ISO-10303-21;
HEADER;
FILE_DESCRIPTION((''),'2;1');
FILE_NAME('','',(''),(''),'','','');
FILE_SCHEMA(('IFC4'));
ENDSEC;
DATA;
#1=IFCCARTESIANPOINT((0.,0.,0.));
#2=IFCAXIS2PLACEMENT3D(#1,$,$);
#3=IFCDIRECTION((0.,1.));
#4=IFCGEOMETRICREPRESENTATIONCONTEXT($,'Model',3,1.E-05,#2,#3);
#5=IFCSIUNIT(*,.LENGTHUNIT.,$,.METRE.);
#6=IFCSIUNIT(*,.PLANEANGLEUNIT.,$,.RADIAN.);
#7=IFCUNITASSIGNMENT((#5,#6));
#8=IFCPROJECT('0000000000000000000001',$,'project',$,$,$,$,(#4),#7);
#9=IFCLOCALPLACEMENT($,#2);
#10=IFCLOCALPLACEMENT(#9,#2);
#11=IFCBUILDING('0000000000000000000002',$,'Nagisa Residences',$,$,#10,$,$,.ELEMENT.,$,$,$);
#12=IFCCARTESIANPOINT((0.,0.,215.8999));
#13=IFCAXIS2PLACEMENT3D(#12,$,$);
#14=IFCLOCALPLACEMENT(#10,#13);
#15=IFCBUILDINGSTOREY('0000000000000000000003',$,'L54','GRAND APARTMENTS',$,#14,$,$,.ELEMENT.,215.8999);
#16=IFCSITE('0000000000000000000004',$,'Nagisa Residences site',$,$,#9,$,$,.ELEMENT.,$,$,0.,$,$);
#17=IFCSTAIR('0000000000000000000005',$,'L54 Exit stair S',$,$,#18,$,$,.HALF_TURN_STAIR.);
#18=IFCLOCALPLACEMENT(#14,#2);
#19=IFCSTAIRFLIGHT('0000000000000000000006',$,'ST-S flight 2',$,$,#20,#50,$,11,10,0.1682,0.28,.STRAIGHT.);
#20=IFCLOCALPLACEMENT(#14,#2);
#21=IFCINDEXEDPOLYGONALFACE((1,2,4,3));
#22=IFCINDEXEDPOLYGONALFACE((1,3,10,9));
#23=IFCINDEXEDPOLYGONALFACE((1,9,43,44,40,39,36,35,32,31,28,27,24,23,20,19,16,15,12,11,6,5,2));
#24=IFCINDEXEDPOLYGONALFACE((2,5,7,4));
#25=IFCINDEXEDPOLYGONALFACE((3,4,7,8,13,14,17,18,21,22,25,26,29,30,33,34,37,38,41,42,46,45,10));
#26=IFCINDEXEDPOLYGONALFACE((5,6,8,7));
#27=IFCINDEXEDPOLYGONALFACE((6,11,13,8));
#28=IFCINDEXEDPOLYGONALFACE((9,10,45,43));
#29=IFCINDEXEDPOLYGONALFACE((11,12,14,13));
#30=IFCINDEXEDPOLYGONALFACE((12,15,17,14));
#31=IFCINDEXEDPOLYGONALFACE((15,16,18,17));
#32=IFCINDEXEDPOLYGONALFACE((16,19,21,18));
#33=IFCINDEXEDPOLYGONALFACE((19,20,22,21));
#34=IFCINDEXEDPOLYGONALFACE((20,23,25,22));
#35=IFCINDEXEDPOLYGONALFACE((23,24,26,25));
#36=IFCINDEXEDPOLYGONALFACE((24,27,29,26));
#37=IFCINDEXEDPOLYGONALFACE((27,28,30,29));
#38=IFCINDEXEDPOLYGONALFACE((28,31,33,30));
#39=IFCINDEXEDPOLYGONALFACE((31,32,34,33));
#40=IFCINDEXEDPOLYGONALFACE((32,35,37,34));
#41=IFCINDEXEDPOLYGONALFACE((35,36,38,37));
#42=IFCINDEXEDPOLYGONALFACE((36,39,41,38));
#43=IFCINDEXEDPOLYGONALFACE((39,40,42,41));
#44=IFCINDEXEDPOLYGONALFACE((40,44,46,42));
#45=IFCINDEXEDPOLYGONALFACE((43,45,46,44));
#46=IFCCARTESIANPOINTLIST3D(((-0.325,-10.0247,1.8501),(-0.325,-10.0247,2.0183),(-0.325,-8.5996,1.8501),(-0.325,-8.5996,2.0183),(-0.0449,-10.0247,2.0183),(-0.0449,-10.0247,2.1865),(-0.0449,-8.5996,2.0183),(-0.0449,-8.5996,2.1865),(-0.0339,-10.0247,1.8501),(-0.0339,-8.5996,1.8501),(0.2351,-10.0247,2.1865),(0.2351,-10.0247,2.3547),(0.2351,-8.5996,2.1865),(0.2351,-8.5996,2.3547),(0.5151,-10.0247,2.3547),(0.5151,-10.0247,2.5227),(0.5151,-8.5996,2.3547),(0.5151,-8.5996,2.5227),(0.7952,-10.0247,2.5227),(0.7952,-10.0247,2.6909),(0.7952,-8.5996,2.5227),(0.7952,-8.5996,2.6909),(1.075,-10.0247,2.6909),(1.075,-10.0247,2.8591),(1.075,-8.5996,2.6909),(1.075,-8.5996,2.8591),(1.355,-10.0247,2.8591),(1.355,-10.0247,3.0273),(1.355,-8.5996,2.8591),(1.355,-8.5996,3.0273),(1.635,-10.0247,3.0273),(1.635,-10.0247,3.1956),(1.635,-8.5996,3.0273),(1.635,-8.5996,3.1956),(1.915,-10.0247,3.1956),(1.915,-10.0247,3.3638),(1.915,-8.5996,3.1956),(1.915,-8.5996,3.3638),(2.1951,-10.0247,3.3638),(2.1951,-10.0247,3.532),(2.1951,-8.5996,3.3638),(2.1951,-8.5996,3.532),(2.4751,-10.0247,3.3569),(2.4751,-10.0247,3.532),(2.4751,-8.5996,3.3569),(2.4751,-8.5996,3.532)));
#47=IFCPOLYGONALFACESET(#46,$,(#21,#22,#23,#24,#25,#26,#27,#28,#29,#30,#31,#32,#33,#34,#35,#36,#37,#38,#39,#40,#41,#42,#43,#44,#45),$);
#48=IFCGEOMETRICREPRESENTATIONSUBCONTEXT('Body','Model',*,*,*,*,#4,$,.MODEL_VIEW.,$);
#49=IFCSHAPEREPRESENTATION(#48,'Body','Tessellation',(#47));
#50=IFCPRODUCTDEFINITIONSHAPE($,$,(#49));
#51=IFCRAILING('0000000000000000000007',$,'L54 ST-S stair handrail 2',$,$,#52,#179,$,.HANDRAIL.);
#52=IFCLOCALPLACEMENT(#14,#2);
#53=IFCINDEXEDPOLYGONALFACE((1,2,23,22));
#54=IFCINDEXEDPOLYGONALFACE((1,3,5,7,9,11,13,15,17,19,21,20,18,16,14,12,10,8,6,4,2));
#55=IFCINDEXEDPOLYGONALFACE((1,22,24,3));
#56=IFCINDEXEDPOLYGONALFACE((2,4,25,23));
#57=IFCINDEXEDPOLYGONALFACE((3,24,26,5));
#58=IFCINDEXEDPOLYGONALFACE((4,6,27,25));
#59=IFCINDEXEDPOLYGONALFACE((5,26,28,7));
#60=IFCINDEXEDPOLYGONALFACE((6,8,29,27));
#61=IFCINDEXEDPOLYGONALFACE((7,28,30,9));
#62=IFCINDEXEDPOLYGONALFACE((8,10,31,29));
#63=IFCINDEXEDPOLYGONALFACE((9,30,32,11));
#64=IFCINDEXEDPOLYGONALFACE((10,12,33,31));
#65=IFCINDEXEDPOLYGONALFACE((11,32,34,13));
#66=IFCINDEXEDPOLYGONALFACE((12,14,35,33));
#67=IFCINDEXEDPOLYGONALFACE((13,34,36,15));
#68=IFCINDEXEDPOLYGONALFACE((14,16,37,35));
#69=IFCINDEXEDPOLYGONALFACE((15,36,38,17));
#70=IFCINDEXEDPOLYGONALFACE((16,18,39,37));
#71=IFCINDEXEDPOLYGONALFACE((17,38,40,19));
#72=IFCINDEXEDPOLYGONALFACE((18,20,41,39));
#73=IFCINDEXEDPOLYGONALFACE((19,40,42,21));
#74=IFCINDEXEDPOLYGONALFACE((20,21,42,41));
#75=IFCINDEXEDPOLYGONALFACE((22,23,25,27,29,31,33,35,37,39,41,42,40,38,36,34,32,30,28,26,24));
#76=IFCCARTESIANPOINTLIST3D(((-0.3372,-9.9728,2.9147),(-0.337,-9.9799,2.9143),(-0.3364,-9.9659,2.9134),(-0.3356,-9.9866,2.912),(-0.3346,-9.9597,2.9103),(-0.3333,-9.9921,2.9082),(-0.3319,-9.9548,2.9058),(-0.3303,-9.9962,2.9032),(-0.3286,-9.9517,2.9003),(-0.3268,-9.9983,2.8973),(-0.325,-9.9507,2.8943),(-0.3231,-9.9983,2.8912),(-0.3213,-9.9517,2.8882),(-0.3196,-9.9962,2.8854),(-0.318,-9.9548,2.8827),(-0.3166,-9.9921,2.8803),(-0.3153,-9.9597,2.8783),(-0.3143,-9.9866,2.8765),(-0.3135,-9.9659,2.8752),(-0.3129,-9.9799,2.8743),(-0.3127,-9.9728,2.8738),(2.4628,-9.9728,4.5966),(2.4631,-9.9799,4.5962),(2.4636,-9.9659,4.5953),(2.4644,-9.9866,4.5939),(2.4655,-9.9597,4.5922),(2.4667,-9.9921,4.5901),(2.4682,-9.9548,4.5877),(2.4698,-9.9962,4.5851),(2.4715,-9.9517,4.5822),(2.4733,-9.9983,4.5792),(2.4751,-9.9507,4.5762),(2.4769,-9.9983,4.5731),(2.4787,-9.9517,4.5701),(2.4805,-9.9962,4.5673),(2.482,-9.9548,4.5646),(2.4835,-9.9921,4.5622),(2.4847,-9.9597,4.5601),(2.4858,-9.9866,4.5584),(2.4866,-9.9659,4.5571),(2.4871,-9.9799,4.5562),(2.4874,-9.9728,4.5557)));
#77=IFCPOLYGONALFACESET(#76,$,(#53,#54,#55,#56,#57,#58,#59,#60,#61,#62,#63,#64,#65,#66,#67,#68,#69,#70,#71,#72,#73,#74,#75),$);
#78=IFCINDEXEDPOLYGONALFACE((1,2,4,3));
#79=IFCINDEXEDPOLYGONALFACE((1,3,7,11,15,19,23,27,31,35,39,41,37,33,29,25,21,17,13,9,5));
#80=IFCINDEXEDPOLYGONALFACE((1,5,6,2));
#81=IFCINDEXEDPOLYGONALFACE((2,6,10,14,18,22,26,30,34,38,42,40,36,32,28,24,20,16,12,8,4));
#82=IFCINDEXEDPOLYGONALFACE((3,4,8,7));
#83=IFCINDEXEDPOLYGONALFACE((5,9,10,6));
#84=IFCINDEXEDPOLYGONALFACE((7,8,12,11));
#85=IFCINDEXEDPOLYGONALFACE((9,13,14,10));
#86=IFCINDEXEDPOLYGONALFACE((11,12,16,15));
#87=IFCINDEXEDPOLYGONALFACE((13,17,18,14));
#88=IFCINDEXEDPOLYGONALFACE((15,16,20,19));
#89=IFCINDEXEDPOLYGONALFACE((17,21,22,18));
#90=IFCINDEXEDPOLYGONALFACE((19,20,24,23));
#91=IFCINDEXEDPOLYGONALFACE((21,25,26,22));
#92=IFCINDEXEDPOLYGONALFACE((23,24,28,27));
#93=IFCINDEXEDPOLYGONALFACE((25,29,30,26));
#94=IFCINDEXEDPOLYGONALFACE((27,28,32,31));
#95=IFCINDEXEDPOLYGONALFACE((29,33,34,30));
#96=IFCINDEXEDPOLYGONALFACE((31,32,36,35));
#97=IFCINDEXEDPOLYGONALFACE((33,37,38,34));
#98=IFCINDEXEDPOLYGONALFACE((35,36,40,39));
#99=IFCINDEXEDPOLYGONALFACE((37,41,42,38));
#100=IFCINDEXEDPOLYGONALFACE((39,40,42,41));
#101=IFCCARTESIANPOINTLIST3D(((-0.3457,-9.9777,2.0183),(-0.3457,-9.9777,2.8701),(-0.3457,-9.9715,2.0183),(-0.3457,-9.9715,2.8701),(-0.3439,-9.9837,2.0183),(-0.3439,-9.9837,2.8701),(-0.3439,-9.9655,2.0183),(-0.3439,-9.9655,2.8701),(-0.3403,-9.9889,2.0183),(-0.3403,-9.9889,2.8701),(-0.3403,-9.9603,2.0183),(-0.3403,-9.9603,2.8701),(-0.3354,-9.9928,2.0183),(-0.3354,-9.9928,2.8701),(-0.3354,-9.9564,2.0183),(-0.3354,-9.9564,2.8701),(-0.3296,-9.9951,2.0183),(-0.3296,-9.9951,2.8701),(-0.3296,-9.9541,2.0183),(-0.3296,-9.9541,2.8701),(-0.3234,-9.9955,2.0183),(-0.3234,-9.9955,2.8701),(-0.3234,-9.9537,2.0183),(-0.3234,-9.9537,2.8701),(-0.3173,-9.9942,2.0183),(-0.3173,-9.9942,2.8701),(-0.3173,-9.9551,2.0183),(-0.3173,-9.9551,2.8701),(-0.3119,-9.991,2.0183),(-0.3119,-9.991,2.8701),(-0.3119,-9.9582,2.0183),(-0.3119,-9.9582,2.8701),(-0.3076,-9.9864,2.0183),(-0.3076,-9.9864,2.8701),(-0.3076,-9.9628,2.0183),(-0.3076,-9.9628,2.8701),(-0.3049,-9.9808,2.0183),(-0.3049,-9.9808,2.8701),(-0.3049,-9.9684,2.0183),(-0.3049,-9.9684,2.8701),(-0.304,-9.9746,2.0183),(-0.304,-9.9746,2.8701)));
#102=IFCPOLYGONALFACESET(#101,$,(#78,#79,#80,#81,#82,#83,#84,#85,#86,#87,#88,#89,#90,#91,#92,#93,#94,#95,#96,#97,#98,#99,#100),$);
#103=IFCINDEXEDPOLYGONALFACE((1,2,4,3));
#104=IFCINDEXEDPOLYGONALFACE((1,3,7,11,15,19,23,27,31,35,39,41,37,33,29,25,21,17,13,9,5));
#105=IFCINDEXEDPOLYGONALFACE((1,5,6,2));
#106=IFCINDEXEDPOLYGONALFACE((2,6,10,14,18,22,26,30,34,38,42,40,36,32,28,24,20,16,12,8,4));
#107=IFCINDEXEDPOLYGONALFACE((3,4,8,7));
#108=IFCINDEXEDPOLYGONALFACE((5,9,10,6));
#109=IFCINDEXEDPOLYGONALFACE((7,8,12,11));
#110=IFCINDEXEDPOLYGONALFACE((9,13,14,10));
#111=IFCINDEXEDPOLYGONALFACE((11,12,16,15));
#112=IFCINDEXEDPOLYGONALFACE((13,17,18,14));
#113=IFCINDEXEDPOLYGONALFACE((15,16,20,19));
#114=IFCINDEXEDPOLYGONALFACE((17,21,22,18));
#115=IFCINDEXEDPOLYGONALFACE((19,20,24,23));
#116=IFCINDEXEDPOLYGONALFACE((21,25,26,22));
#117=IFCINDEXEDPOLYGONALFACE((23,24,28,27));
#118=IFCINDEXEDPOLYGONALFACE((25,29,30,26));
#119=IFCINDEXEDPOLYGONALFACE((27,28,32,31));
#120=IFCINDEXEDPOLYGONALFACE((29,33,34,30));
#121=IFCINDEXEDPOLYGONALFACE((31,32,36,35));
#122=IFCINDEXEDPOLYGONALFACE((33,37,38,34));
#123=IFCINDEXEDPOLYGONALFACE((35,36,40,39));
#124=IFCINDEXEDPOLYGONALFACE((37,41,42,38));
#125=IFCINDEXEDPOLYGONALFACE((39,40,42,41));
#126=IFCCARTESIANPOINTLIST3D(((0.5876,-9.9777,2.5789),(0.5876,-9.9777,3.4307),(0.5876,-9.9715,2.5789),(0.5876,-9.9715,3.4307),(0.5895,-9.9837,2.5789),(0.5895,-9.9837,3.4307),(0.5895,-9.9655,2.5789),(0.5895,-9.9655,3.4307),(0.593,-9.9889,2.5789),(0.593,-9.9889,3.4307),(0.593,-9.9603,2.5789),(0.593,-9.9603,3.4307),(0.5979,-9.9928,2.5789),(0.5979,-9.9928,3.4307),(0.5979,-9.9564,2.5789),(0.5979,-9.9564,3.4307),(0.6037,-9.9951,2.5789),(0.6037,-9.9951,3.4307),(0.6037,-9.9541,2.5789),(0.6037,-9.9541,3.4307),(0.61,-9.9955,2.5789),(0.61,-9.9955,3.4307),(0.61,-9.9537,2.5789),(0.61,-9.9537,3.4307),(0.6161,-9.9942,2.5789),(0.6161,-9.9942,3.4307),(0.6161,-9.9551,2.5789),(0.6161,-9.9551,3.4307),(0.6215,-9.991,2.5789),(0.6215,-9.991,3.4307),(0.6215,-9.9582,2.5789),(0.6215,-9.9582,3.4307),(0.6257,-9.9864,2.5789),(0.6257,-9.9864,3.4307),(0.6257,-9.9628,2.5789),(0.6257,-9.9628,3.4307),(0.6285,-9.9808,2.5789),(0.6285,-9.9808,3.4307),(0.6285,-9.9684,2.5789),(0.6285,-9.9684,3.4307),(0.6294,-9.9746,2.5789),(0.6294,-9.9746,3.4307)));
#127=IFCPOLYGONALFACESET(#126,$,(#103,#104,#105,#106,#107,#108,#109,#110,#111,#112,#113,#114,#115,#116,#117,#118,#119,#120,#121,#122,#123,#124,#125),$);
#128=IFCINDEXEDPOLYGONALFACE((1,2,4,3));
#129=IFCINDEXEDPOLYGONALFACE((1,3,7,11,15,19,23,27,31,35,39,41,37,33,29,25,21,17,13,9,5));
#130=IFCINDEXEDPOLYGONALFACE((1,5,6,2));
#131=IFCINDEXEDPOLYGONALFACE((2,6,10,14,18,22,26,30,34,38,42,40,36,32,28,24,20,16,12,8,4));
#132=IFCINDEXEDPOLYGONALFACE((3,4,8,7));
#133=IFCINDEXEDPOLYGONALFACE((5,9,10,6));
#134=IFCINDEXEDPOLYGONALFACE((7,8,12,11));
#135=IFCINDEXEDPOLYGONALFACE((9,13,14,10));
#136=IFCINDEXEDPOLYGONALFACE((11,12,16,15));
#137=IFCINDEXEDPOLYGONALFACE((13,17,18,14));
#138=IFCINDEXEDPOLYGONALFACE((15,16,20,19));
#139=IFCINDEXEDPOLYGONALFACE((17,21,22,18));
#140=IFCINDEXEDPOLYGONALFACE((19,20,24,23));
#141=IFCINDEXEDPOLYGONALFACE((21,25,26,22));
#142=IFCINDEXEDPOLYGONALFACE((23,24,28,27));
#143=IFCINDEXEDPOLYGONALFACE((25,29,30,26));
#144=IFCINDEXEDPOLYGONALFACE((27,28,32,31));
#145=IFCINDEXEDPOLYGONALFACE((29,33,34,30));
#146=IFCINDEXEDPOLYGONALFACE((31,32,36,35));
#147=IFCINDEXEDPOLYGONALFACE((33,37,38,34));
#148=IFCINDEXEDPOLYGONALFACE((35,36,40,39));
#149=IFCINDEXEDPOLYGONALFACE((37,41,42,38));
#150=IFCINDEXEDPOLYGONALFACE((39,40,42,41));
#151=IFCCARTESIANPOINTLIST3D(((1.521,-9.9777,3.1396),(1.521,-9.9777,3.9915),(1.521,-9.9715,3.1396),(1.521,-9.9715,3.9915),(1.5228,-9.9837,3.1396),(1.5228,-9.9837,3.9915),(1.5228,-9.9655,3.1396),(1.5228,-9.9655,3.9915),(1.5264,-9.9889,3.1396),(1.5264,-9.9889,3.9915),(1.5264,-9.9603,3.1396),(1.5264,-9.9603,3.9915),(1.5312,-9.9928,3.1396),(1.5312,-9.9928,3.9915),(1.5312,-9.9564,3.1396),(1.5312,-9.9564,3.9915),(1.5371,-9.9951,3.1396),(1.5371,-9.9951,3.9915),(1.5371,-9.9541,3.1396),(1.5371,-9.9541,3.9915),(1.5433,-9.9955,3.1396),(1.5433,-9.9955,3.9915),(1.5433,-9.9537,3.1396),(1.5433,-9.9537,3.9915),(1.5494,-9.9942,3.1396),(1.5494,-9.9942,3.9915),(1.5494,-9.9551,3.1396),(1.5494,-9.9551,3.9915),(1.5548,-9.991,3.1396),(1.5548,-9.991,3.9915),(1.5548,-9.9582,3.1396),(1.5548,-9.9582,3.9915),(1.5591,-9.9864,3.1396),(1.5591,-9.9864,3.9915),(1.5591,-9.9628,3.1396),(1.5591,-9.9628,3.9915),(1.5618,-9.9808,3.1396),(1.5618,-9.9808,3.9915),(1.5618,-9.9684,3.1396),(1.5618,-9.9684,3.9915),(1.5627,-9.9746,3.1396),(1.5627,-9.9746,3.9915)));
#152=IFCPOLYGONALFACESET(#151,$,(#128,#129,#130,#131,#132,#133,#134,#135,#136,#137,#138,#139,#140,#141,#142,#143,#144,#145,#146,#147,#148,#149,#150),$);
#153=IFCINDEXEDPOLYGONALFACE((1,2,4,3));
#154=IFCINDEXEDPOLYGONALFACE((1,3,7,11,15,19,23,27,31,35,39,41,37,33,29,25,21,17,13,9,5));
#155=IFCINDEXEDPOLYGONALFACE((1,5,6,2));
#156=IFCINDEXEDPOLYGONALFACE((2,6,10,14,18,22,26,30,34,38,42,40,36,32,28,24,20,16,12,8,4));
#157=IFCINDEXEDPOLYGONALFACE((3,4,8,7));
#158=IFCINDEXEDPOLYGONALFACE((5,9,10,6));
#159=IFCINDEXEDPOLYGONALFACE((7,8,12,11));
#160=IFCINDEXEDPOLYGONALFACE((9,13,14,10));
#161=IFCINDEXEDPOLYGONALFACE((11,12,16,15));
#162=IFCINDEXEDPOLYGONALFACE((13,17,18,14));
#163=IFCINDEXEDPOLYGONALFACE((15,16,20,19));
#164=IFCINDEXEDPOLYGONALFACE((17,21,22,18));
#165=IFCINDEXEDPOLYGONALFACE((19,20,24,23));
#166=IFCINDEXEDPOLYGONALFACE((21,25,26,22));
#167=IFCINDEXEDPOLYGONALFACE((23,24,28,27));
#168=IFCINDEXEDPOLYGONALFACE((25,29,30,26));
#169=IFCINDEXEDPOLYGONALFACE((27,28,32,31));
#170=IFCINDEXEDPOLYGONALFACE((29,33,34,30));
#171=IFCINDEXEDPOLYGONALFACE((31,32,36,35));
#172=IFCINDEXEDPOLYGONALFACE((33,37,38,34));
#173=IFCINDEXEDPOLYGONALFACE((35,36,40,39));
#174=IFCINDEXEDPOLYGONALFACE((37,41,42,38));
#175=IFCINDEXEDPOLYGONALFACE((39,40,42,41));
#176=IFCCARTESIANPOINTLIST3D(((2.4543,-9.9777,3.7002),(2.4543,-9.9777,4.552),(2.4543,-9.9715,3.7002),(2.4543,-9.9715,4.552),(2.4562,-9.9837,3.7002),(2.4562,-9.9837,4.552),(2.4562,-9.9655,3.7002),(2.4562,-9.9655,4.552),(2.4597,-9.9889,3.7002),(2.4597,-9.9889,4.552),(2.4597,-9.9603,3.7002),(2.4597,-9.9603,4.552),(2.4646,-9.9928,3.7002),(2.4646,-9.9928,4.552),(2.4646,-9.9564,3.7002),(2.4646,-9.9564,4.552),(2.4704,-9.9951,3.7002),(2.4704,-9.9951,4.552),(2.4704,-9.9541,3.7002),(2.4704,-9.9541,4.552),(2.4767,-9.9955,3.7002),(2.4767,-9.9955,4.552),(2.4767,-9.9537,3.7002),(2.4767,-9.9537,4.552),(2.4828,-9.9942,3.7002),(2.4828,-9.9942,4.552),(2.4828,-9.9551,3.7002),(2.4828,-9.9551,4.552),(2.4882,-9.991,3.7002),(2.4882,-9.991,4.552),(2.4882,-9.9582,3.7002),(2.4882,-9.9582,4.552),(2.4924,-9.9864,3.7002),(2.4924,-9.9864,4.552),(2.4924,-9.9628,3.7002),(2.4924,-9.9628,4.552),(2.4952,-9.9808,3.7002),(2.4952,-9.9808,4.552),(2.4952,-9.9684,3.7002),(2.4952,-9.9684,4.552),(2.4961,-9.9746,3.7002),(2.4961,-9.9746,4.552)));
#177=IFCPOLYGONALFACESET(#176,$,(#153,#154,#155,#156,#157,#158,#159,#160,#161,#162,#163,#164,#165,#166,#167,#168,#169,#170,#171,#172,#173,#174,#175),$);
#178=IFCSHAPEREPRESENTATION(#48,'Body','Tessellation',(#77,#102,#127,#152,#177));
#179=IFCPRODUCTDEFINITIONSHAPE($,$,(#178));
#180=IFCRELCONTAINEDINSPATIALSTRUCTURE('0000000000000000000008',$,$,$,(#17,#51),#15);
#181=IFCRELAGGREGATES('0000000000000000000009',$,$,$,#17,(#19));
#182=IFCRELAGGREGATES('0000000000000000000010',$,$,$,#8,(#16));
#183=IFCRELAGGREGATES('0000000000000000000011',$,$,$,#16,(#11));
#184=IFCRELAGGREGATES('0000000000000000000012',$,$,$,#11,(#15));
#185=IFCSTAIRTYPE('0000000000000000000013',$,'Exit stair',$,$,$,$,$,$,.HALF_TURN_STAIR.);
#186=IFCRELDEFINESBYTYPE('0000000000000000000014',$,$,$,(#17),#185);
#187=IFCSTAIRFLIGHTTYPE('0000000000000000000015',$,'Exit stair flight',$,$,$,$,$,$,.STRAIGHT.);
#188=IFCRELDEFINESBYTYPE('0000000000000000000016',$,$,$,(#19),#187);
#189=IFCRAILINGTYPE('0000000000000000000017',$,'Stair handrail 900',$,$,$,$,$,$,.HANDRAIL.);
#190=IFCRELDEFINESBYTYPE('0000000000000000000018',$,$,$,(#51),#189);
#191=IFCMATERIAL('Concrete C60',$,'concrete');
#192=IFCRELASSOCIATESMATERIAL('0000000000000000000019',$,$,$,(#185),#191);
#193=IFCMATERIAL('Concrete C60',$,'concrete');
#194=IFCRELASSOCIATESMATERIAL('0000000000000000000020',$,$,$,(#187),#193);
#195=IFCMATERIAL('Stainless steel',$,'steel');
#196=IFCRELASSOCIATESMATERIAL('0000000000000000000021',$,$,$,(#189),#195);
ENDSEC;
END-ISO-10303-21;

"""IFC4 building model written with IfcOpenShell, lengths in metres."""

from ifc_helpers import new_model, si_unit, direction, frame, origin, origin_2d, place, context, subcontext, project, spatial, polyline, circle, outline, extrude, material, type_object, element, aggregate, save


model = new_model("IFC4")

# Units and contexts
model_context = context("Model", 3, precision=1e-05, world=origin(), true_north=direction((0.0, 1.0)))
body_context = subcontext(model_context, "Body", "Model", "MODEL_VIEW")
ifc_project = project(units=[si_unit("LENGTHUNIT", "METRE"), si_unit("PLANEANGLEUNIT", "RADIAN")], contexts=[model_context])

# Site, building, storey
site_placement = place(None, origin())
site = spatial("IfcSite", under=ifc_project, at=site_placement, Name="Nagisa Residences site", CompositionType="ELEMENT", RefElevation=0.0)
building_placement = place(site_placement, origin())
building = spatial("IfcBuilding", under=site, at=building_placement, Name="Nagisa Residences", CompositionType="ELEMENT")
storey_placement = place(building_placement, frame((0.0, 0.0, 215.8999)))
storey = spatial("IfcBuildingStorey", under=building, at=storey_placement, Name="L54", Description="GRAND APARTMENTS", CompositionType="ELEMENT", Elevation=215.8999)

# Stair, stair flight
ifc_material_1 = material(Name="Concrete C60", Category="concrete")
stair_type = type_object("IfcStairType", Name="Exit stair", PredefinedType="HALF_TURN_STAIR", material=ifc_material_1)
stair_placement = place(storey_placement, origin())
stair = element("IfcStair", 1, at=stair_placement, inside=storey, type_object=stair_type, Name="L54 Exit stair S", PredefinedType="HALF_TURN_STAIR")
ifc_material_2 = material(Name="Concrete C60", Category="concrete")
stair_flight_type = type_object("IfcStairFlightType", Name="Exit stair flight", PredefinedType="STRAIGHT", material=ifc_material_2)
stair_flight_placement = place(storey_placement, frame((-0.325, -9.312, 1.8501), z_axis=(0.0, 0.0, 1.0), x_axis=(1.0, 0.0, 0.0)))
stair_flight = element("IfcStairFlight", 2, at=stair_flight_placement, type_object=stair_flight_type, Name="ST-S flight 2", NumberOfRisers=11, NumberOfTreads=10, PredefinedType="STRAIGHT", RiserHeight=0.1682, TreadLength=0.28, context=body_context, shape_type="SweptSolid", body=[
    extrude(outline(polyline([(0.0, 0.0), (0.0, 0.1682), (0.28, 0.1682), (0.28, 0.3364), (0.5601, 0.3364), (0.5601, 0.5046), (0.8401, 0.5046), (0.8401, 0.6726), (1.1201, 0.6726), (1.1201, 0.8408), (1.3999, 0.8408), (1.3999, 1.009), (1.6799, 1.009), (1.6799, 1.1772), (1.96, 1.1772), (1.96, 1.3455), (2.24, 1.3455), (2.24, 1.5137), (2.52, 1.5137), (2.52, 1.6819), (2.8, 1.6819), (2.8, 1.8501), (2.8, 1.5068), (0.291, 0.0), (0.0, 0.0)])), frame((0.0, 0.7124, 0.0), z_axis=(0.0, -1.0, 0.0), x_axis=(1.0, 0.0, 0.0)), (0.0, 0.0, 1.0), 1.425),
])
aggregate(stair, [stair_flight])

# Railing
ifc_material_3 = material(Name="Stainless steel", Category="steel")
railing_type = type_object("IfcRailingType", Name="Stair handrail 900", PredefinedType="HANDRAIL", material=ifc_material_3)
railing_placement = place(storey_placement, frame((-0.325, -9.9746, 2.0183)))
element("IfcRailing", 3, at=railing_placement, inside=storey, type_object=railing_type, Name="L54 ST-S stair handrail 2", PredefinedType="HANDRAIL", context=body_context, shape_type="SweptSolid", body=[
    extrude(circle(Radius=0.0239, at=origin_2d()), frame((0.0, 0.0, 0.876), z_axis=(0.857242, 0.0, 0.514913), x_axis=(0.0, 1.0, 0.0)), (0.0, 0.0, 1.0), 3.2664),
    extrude(circle(Radius=0.021, at=origin_2d()), origin(), (0.0, 0.0, 1.0), 0.8518),
    extrude(circle(Radius=0.021, at=origin_2d()), frame((0.9333, 0.0, 0.5605)), (0.0, 0.0, 1.0), 0.8518),
    extrude(circle(Radius=0.021, at=origin_2d()), frame((1.8667, 0.0, 1.1213)), (0.0, 0.0, 1.0), 0.8518),
    extrude(circle(Radius=0.021, at=origin_2d()), frame((2.8, 0.0, 1.6819)), (0.0, 0.0, 1.0), 0.8518),
])

save(model, "model.ifc")
